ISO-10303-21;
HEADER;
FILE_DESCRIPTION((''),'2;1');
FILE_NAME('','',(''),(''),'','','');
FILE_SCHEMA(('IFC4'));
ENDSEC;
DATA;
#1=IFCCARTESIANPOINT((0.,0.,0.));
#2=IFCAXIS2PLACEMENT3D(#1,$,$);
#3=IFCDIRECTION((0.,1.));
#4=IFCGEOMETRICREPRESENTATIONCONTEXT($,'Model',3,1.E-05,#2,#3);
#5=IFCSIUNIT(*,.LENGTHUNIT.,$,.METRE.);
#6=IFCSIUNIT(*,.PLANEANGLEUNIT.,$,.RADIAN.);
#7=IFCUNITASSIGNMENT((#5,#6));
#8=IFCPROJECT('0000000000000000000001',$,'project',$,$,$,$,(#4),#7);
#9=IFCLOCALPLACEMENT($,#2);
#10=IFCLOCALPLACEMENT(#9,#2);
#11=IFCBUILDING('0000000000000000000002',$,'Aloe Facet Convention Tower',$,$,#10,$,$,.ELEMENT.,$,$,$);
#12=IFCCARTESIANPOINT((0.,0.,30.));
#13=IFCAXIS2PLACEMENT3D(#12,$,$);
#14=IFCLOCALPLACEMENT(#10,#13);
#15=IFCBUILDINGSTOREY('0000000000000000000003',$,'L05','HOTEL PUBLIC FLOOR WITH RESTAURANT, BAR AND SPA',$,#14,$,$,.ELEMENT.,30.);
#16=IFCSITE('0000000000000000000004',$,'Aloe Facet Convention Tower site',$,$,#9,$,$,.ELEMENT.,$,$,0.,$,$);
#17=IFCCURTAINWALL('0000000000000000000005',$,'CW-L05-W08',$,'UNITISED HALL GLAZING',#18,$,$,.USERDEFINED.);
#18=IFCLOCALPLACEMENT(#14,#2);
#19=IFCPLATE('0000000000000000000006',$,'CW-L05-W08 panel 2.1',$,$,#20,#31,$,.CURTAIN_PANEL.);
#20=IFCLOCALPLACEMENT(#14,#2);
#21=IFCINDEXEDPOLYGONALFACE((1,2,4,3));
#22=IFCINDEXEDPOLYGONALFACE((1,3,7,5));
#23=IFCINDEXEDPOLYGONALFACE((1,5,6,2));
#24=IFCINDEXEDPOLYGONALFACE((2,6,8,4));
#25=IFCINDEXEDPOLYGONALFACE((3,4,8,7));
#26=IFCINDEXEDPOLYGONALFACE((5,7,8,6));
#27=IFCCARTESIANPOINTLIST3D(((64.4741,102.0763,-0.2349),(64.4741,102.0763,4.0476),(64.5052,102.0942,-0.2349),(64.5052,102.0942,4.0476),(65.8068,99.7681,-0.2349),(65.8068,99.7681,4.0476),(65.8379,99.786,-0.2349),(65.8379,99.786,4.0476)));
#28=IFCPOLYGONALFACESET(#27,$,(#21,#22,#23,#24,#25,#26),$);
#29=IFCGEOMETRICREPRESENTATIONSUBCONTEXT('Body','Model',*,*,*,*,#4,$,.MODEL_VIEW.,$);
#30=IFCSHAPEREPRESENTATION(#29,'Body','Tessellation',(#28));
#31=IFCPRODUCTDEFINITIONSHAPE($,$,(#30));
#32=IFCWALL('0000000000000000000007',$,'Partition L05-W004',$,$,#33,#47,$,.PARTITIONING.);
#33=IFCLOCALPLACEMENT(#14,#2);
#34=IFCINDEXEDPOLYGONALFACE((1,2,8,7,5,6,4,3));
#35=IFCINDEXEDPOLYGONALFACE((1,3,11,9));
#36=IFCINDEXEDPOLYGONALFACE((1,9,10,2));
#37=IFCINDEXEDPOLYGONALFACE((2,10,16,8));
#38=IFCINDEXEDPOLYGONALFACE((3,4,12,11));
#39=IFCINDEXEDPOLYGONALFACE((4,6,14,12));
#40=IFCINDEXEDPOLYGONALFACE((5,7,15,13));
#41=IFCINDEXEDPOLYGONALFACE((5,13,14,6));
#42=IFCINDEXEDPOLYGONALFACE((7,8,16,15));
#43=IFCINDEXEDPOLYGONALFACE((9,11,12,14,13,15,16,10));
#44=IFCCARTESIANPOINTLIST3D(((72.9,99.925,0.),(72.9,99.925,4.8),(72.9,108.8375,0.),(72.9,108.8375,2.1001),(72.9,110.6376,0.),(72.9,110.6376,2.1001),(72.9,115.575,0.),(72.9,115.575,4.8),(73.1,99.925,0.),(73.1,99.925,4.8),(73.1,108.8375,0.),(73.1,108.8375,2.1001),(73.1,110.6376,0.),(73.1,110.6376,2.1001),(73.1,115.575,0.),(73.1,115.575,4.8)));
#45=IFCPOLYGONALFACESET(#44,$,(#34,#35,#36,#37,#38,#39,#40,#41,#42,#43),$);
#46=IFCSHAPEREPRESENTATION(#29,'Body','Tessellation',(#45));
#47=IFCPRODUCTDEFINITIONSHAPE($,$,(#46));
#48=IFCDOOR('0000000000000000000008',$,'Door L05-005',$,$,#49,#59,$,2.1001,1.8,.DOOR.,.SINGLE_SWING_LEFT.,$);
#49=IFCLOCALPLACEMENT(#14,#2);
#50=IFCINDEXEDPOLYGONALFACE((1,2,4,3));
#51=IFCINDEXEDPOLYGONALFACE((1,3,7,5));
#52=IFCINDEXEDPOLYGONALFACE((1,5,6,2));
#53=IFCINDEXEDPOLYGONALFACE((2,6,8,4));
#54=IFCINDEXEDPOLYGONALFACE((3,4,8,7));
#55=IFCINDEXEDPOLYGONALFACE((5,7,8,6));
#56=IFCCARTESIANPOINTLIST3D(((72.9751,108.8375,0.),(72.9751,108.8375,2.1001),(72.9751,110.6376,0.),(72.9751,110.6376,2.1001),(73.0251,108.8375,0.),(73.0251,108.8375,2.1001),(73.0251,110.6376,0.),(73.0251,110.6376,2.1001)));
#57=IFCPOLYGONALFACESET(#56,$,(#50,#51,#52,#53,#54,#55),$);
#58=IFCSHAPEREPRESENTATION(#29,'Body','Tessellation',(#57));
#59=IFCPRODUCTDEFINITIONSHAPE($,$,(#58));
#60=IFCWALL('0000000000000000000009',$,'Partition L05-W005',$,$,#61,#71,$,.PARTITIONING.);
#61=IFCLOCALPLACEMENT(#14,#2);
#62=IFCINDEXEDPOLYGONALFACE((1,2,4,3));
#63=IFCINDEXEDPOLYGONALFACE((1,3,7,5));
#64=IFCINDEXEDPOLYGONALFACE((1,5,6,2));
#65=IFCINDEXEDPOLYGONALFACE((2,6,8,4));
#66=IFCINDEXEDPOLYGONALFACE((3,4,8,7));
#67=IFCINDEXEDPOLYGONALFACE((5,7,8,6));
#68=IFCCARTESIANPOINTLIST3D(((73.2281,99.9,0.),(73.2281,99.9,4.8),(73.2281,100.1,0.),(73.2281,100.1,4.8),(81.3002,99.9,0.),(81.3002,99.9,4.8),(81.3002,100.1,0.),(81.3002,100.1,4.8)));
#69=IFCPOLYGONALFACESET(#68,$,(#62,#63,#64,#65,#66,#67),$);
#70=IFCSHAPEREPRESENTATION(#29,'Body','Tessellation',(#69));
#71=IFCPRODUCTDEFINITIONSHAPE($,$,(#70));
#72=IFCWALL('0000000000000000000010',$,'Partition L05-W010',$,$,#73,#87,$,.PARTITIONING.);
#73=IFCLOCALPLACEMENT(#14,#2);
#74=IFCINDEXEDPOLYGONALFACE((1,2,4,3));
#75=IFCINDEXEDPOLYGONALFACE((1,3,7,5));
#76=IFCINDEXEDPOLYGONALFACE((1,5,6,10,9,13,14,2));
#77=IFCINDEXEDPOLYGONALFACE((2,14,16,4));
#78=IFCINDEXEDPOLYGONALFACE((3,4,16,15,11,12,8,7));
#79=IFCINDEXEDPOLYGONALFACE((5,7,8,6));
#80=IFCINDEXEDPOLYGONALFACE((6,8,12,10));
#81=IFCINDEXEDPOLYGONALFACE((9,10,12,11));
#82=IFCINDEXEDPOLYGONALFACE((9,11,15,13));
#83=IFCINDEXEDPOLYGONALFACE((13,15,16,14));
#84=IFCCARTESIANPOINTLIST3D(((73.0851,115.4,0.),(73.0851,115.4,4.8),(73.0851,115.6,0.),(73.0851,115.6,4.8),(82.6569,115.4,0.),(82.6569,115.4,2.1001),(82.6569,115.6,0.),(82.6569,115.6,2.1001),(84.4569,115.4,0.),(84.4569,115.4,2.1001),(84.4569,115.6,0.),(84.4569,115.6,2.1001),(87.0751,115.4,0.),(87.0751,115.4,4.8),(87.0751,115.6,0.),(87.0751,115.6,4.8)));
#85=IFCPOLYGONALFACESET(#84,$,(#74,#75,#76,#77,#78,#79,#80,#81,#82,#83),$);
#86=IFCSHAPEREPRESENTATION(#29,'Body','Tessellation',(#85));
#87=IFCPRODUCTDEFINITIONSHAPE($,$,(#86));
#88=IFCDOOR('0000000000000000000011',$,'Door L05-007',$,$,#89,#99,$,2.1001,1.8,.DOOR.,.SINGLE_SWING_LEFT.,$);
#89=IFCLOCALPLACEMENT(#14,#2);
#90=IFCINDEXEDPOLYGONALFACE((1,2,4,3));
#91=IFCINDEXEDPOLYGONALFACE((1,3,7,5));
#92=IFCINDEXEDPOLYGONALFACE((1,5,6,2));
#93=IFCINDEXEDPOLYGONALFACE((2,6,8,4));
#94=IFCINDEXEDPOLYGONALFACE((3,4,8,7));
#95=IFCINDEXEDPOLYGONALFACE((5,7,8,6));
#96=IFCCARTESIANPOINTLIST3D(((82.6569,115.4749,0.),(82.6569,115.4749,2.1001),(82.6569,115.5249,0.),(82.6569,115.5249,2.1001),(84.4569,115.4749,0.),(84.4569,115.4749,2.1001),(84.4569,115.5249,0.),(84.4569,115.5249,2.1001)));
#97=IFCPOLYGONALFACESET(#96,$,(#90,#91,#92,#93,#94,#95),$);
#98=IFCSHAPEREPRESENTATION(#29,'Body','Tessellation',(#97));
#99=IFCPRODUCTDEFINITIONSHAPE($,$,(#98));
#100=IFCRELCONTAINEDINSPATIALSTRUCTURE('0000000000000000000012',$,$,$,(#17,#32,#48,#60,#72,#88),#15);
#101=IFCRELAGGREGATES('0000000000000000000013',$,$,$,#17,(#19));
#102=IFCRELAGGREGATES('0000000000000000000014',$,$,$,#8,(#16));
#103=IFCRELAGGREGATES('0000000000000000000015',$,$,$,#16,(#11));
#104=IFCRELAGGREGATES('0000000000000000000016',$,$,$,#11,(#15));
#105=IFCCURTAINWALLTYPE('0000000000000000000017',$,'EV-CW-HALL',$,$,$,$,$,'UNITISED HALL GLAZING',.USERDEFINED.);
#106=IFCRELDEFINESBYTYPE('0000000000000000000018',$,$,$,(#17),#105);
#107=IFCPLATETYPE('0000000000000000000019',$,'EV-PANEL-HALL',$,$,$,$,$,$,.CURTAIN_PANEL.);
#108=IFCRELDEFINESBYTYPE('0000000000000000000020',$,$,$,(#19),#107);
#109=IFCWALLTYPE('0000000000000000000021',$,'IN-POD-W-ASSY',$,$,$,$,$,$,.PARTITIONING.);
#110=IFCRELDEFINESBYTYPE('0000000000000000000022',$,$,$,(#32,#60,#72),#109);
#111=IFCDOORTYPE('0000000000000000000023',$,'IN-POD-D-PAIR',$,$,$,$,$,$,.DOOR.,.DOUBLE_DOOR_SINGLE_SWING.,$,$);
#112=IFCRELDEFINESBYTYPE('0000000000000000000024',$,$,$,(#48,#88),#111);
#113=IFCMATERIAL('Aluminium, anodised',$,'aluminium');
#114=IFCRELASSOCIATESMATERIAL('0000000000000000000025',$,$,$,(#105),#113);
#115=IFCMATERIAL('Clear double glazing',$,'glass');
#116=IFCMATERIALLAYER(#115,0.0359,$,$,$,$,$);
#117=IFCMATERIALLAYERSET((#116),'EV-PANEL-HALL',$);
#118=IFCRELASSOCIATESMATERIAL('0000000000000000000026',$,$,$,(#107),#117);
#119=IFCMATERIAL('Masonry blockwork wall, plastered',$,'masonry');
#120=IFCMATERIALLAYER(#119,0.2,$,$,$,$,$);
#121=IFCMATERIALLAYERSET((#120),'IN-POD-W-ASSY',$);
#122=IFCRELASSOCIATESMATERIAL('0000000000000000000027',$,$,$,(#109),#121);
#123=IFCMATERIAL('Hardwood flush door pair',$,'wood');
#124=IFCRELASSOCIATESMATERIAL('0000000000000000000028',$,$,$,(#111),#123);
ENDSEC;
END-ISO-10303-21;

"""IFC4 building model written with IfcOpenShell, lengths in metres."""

from ifc_helpers import new_model, si_unit, direction, frame, frame_2d, origin, origin_2d, place, context, subcontext, project, spatial, rectangle, extrude, material, layer, layer_set, type_object, element, fill, aggregate, save


model = new_model("IFC4")

# Units and contexts
model_context = context("Model", 3, precision=1e-05, world=origin(), true_north=direction((0.0, 1.0)))
body_context = subcontext(model_context, "Body", "Model", "MODEL_VIEW")
ifc_project = project(units=[si_unit("LENGTHUNIT", "METRE"), si_unit("PLANEANGLEUNIT", "RADIAN")], contexts=[model_context])

# Site, building, storey
site_placement = place(None, origin())
site = spatial("IfcSite", under=ifc_project, at=site_placement, Name="Aloe Facet Convention Tower site", CompositionType="ELEMENT", RefElevation=0.0)
building_placement = place(site_placement, origin())
building = spatial("IfcBuilding", under=site, at=building_placement, Name="Aloe Facet Convention Tower", CompositionType="ELEMENT")
storey_placement = place(building_placement, frame((0.0, 0.0, 30.0)))
storey = spatial("IfcBuildingStorey", under=building, at=storey_placement, Name="L05", Description="HOTEL PUBLIC FLOOR WITH RESTAURANT, BAR AND SPA", CompositionType="ELEMENT", Elevation=30.0)

# Curtain wall
ifc_material_1 = material(Name="Aluminium, anodised", Category="aluminium")
curtain_wall_type = type_object("IfcCurtainWallType", Name="EV-CW-HALL", ElementType="UNITISED HALL GLAZING", PredefinedType="USERDEFINED", material=ifc_material_1)
curtain_wall_placement = place(storey_placement, origin())
curtain_wall = element("IfcCurtainWall", 1, at=curtain_wall_placement, inside=storey, type_object=curtain_wall_type, Name="CW-L05-W08", ObjectType="UNITISED HALL GLAZING", PredefinedType="USERDEFINED")

# Plate
ifc_material_2 = material(Name="Clear double glazing", Category="glass")
ifc_layer_1 = layer(ifc_material_2, 0.0359)
ifc_layer_set_1 = layer_set([ifc_layer_1], Name="EV-PANEL-HALL")
plate_type = type_object("IfcPlateType", Name="EV-PANEL-HALL", PredefinedType="CURTAIN_PANEL", material=ifc_layer_set_1)
plate_1_placement = place(storey_placement, frame((65.156, 100.9312, -0.2349), z_axis=(0.0, 0.0, 1.0), x_axis=(0.5, -0.866025, 0.0)))
plate_1 = element("IfcPlate", 2, at=plate_1_placement, type_object=plate_type, Name="CW-L05-W08 panel 2.1", PredefinedType="CURTAIN_PANEL", context=body_context, shape_type="SweptSolid", body=[
    extrude(rectangle(XDim=2.6653, YDim=0.0359, at=origin_2d()), origin(), (0.0, 0.0, 1.0), 4.2825),
])
aggregate(curtain_wall, [plate_1])

# Wall, opening, door
ifc_material_3 = material(Name="Masonry blockwork wall, plastered", Category="masonry")
ifc_layer_2 = layer(ifc_material_3, 0.2)
ifc_layer_set_2 = layer_set([ifc_layer_2], Name="IN-POD-W-ASSY")
wall_type = type_object("IfcWallType", Name="IN-POD-W-ASSY", PredefinedType="PARTITIONING", material=ifc_layer_set_2)
wall_1_placement = place(storey_placement, frame((73.0, 99.925, 0.0), z_axis=(0.0, 0.0, 1.0), x_axis=(0.0, 1.0, 0.0)))
wall_1 = element("IfcWall", 3, at=wall_1_placement, inside=storey, type_object=wall_type, Name="Partition L05-W004", PredefinedType="PARTITIONING", context=body_context, shape_type="SweptSolid", body=[
    extrude(rectangle(XDim=15.6499, YDim=0.2, at=frame_2d((7.825, 0.0))), origin(), (0.0, 0.0, 1.0), 4.8),
])
opening_1_placement = place(wall_1_placement, frame((8.9126, 0.0, 0.0)))
opening_1 = element("IfcOpeningElement", 4, at=opening_1_placement, cuts=wall_1, PredefinedType="OPENING", context=body_context, shape_type="SweptSolid", body=[
    extrude(rectangle(XDim=1.8, YDim=2.1001, at=frame_2d((0.8999, 1.05))), frame((0.0, 0.1099, 0.0), z_axis=(0.0, -1.0, 0.0), x_axis=(1.0, 0.0, 0.0)), (0.0, 0.0, 1.0), 0.22),
])
ifc_material_4 = material(Name="Hardwood flush door pair", Category="wood")
door_type = type_object("IfcDoorType", Name="IN-POD-D-PAIR", OperationType="DOUBLE_DOOR_SINGLE_SWING", PredefinedType="DOOR", material=ifc_material_4)
door_1_placement = place(opening_1_placement, origin())
door_1 = element("IfcDoor", 5, at=door_1_placement, inside=storey, type_object=door_type, Name="Door L05-005", OperationType="SINGLE_SWING_LEFT", OverallHeight=2.1001, OverallWidth=1.8, PredefinedType="DOOR", context=body_context, shape_type="SweptSolid", body=[
    extrude(rectangle(XDim=1.8, YDim=2.1001, at=frame_2d((0.8999, 1.05))), frame((0.0, 0.0249, 0.0), z_axis=(0.0, -1.0, 0.0), x_axis=(1.0, 0.0, 0.0)), (0.0, 0.0, 1.0), 0.05),
])
fill(opening_1, door_1)

# Wall
wall_2_placement = place(storey_placement, frame((73.228, 100.0, 0.0), z_axis=(0.0, 0.0, 1.0), x_axis=(1.0, 0.0, 0.0)))
element("IfcWall", 6, at=wall_2_placement, inside=storey, type_object=wall_type, Name="Partition L05-W005", PredefinedType="PARTITIONING", context=body_context, shape_type="SweptSolid", body=[
    extrude(rectangle(XDim=8.072, YDim=0.2, at=frame_2d((4.0361, 0.0))), origin(), (0.0, 0.0, 1.0), 4.8),
])

# Wall, opening, door
wall_3_placement = place(storey_placement, frame((73.085, 115.5, 0.0), z_axis=(0.0, 0.0, 1.0), x_axis=(1.0, 0.0, 0.0)))
wall_3 = element("IfcWall", 7, at=wall_3_placement, inside=storey, type_object=wall_type, Name="Partition L05-W010", PredefinedType="PARTITIONING", context=body_context, shape_type="SweptSolid", body=[
    extrude(rectangle(XDim=13.99, YDim=0.2, at=frame_2d((6.9951, 0.0))), origin(), (0.0, 0.0, 1.0), 4.8),
])
opening_2_placement = place(wall_3_placement, frame((9.572, 0.0, 0.0)))
opening_2 = element("IfcOpeningElement", 8, at=opening_2_placement, cuts=wall_3, PredefinedType="OPENING", context=body_context, shape_type="SweptSolid", body=[
    extrude(rectangle(XDim=1.8, YDim=2.1001, at=frame_2d((0.8999, 1.05))), frame((0.0, 0.1099, 0.0), z_axis=(0.0, -1.0, 0.0), x_axis=(1.0, 0.0, 0.0)), (0.0, 0.0, 1.0), 0.22),
])
door_2_placement = place(opening_2_placement, origin())
door_2 = element("IfcDoor", 9, at=door_2_placement, inside=storey, type_object=door_type, Name="Door L05-007", OperationType="SINGLE_SWING_LEFT", OverallHeight=2.1001, OverallWidth=1.8, PredefinedType="DOOR", context=body_context, shape_type="SweptSolid", body=[
    extrude(rectangle(XDim=1.8, YDim=2.1001, at=frame_2d((0.8999, 1.05))), frame((0.0, 0.0249, 0.0), z_axis=(0.0, -1.0, 0.0), x_axis=(1.0, 0.0, 0.0)), (0.0, 0.0, 1.0), 0.05),
])
fill(opening_2, door_2)

save(model, "model.ifc")
